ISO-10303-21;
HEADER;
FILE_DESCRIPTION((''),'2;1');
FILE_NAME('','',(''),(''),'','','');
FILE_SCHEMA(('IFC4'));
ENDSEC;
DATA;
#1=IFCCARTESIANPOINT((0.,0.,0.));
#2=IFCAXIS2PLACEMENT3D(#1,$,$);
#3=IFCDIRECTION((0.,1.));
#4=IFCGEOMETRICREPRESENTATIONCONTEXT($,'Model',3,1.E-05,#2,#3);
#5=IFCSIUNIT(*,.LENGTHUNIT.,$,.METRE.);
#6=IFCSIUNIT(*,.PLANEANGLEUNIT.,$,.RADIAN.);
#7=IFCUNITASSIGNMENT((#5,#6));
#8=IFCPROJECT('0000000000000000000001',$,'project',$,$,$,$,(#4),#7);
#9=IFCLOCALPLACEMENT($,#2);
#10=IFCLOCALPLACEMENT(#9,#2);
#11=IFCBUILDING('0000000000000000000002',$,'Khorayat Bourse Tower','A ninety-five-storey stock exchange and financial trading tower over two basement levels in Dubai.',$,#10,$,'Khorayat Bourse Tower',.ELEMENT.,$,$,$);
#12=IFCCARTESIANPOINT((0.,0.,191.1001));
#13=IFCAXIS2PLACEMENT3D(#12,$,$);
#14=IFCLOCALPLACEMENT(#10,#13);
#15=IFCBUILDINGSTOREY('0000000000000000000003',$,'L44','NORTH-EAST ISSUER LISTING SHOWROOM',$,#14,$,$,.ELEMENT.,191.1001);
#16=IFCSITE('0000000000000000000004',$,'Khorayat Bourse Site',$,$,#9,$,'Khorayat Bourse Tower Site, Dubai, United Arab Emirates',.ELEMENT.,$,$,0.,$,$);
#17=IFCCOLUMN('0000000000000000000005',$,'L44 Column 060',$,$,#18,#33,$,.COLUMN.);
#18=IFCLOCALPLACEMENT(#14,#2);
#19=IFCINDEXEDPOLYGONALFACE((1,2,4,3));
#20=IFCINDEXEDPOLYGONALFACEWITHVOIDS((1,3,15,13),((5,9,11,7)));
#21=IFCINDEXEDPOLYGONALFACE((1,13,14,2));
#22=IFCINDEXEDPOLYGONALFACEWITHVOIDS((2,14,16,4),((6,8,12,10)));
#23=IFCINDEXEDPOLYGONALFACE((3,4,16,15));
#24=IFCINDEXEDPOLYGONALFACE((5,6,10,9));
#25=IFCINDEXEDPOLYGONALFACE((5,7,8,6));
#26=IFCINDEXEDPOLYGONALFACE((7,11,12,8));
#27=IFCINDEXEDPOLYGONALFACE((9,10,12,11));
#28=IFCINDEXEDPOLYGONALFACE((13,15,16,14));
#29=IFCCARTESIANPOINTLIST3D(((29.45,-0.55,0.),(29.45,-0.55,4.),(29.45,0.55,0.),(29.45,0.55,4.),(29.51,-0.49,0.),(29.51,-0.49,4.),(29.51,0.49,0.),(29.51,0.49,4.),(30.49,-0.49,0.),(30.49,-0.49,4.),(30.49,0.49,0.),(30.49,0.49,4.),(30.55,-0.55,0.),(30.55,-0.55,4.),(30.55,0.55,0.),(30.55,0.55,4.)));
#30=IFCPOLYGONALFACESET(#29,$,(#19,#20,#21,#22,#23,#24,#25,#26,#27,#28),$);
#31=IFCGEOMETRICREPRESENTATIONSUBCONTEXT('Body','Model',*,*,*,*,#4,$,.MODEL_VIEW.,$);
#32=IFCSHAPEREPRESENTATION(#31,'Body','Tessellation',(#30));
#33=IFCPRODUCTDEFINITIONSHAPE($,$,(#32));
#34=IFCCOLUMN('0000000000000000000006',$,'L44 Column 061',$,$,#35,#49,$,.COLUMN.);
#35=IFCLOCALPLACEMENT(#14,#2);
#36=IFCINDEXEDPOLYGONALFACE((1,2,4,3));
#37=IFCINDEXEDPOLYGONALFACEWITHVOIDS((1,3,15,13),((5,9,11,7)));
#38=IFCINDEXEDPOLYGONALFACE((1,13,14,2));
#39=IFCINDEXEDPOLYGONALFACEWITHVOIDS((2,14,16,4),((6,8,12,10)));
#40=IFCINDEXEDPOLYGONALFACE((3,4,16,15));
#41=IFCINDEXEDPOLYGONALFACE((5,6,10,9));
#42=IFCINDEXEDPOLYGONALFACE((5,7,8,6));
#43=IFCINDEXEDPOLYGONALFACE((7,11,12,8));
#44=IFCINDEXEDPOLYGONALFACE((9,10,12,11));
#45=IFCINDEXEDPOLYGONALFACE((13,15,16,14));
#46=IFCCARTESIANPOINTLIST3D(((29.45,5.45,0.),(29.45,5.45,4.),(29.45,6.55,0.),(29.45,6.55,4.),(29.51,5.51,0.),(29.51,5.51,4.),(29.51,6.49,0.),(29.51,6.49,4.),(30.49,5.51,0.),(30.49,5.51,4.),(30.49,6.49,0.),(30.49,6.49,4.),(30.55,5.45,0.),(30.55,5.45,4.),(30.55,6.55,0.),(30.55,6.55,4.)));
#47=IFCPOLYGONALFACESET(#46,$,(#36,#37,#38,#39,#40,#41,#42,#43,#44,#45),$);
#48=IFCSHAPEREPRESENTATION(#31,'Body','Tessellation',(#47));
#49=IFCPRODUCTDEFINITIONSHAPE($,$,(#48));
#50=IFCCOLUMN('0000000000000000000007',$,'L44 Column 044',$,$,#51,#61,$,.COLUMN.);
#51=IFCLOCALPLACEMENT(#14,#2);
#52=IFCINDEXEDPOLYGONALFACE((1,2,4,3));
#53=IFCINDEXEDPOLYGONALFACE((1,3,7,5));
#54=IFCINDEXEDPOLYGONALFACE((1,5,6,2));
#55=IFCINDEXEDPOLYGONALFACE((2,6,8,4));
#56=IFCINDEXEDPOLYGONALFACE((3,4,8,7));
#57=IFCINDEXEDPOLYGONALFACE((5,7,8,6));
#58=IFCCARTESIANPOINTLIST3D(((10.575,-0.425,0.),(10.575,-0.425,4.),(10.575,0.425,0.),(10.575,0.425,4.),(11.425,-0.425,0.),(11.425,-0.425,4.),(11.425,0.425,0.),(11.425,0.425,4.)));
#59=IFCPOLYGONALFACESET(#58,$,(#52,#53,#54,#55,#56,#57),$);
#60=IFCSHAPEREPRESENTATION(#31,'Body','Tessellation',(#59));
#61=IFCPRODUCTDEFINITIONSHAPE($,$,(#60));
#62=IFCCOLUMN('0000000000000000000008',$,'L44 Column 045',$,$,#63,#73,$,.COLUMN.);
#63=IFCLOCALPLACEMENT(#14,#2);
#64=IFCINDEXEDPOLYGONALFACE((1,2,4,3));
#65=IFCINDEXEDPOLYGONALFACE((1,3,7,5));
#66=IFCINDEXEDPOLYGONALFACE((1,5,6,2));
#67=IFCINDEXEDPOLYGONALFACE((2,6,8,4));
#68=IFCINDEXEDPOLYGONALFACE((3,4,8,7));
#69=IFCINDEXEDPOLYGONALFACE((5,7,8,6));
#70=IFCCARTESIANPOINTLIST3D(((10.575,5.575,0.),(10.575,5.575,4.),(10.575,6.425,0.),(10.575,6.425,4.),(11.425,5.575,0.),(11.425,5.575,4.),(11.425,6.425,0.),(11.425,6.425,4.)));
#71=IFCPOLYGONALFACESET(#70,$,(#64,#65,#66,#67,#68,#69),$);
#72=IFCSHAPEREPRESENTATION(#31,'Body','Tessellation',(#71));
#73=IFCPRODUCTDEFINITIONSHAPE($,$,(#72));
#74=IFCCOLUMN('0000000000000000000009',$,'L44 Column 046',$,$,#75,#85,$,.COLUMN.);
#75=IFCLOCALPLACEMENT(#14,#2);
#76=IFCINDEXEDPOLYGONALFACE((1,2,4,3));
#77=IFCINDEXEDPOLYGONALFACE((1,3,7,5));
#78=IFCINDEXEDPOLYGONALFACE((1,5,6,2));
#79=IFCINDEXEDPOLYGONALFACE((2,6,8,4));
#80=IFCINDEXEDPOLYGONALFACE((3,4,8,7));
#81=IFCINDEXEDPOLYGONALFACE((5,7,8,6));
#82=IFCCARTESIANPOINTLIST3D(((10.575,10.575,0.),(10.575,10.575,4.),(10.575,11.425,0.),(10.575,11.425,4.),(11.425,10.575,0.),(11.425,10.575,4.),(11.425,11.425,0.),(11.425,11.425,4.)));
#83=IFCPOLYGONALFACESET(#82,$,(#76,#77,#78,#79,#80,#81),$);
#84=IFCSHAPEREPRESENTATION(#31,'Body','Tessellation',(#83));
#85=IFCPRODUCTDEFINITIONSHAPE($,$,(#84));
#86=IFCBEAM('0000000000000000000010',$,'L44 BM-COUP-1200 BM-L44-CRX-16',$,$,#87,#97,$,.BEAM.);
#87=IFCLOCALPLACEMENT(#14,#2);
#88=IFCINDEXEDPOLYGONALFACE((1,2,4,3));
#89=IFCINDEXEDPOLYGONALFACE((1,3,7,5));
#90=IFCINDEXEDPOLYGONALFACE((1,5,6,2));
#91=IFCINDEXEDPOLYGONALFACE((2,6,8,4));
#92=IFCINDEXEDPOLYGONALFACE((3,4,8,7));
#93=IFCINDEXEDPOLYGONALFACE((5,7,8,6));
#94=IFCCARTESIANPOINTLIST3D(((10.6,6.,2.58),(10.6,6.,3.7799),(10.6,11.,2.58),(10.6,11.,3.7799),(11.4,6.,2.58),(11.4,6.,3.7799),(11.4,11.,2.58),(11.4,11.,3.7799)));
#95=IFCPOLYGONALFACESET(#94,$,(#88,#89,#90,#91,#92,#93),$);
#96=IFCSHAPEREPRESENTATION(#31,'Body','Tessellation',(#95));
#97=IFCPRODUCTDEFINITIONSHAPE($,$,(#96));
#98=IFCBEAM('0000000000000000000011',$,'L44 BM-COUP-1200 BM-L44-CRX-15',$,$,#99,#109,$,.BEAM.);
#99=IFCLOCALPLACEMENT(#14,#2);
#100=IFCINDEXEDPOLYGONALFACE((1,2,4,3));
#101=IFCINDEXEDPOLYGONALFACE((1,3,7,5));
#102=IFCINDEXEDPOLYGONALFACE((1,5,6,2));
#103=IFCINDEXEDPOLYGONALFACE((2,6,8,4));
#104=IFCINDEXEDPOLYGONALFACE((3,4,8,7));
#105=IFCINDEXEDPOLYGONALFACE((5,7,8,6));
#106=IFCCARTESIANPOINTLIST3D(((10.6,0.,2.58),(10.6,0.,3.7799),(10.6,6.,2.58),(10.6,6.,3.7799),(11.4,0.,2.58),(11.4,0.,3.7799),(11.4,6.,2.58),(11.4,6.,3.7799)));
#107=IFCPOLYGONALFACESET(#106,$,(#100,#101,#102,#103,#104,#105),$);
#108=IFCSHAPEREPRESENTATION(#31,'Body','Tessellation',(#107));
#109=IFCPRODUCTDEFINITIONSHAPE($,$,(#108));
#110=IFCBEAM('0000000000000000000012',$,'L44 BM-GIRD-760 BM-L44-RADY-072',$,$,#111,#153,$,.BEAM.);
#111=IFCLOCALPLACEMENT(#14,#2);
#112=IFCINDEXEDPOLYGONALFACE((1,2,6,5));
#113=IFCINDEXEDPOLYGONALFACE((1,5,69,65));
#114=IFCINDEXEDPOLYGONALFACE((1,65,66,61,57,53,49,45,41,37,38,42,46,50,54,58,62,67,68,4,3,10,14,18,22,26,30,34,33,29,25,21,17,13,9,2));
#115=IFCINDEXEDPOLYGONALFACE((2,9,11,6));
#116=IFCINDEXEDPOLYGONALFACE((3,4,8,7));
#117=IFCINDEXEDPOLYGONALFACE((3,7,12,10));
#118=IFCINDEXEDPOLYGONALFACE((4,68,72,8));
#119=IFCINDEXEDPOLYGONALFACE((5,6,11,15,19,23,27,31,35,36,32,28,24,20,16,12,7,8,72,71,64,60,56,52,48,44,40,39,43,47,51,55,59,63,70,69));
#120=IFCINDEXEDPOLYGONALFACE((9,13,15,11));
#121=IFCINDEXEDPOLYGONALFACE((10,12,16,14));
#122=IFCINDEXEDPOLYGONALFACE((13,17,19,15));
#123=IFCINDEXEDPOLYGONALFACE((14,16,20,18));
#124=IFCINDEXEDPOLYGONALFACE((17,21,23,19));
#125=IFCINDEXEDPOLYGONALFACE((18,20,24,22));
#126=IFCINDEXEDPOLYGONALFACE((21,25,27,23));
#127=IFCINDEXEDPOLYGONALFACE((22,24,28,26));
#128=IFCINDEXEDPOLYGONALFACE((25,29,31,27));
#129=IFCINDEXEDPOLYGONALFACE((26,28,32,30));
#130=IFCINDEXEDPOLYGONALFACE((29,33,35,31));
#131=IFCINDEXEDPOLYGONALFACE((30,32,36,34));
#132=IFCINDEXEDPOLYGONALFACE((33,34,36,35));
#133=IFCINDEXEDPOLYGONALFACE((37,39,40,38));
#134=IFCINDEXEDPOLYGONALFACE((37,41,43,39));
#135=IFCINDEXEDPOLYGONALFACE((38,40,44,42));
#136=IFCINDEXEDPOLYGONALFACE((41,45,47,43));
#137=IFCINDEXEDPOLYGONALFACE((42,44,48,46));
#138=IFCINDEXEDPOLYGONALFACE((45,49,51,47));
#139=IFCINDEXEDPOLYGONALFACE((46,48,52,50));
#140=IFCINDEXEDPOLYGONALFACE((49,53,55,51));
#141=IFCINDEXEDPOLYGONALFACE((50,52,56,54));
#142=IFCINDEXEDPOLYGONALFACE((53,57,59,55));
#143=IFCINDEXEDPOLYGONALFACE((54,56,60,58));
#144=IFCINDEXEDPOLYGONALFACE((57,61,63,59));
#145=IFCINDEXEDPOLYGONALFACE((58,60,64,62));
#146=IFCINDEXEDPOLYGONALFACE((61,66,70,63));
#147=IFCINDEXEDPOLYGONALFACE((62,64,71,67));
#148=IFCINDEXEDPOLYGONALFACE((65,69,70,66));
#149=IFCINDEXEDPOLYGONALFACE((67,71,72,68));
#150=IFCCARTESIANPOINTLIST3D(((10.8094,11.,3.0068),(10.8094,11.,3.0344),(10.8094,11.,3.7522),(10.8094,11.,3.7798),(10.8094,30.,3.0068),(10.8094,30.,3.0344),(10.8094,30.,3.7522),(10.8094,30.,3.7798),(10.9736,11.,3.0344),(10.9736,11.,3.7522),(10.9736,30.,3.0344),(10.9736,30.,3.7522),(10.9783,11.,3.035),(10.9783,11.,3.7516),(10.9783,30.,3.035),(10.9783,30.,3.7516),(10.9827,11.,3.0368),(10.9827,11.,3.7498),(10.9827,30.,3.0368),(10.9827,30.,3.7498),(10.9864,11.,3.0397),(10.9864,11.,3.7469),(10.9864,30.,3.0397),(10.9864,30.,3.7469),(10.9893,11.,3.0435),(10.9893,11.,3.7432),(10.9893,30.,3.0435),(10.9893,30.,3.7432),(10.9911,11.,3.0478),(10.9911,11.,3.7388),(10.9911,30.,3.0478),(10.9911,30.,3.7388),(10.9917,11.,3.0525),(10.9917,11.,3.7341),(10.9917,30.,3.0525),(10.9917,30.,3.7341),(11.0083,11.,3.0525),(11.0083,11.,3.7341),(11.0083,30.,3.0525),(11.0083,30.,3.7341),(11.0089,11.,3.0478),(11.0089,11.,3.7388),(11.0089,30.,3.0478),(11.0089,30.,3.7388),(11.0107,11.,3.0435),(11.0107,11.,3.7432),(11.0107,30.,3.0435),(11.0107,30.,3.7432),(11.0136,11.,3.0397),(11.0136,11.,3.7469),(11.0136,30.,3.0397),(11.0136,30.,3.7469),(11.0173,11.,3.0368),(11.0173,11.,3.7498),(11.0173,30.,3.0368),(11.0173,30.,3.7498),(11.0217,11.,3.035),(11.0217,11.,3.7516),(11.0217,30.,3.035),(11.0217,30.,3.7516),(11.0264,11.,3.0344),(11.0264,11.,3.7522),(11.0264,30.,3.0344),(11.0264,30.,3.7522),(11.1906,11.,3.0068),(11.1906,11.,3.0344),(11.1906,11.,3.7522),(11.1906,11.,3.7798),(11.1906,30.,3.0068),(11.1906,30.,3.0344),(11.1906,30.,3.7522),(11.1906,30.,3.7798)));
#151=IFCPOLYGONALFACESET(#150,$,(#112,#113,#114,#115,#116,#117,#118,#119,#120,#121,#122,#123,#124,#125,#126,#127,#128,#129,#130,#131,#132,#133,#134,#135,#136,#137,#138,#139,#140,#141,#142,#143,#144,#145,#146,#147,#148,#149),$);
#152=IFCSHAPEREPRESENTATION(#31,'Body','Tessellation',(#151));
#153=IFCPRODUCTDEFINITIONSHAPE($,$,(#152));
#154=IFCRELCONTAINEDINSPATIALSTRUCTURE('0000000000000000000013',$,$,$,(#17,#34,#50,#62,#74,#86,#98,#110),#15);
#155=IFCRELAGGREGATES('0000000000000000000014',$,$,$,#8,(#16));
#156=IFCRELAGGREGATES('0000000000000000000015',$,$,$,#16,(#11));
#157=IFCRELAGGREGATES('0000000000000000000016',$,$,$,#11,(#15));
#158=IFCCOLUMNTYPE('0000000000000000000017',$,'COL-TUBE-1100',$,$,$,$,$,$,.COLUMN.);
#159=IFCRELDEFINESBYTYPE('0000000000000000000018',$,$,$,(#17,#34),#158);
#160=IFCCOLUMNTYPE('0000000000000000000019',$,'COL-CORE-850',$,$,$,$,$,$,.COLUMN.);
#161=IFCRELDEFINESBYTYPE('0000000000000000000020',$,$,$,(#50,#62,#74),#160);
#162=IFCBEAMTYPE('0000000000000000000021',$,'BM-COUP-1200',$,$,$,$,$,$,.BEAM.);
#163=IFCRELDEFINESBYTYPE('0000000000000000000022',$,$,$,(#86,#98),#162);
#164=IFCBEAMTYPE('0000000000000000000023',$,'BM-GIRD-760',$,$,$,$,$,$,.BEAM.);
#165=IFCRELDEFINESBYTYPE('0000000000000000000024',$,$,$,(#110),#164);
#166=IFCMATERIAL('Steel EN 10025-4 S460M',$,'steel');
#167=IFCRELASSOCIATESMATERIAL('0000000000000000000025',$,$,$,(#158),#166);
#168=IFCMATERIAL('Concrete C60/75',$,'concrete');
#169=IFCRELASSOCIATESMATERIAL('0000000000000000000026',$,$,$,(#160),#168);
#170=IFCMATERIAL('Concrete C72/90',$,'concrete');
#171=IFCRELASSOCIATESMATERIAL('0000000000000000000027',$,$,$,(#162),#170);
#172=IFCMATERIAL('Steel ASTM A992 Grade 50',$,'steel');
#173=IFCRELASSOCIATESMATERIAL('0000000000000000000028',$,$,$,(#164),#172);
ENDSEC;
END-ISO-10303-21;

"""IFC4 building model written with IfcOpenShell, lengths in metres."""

from ifc_helpers import new_model, si_unit, direction, frame, origin, origin_2d, place, context, subcontext, project, spatial, rectangle, hollow_rectangle, i_section, extrude, source, transform, mapped, material, material_profile, profile_set, type_object, element, save


model = new_model("IFC4")

# Units and contexts
model_context = context("Model", 3, precision=1e-05, world=origin(), true_north=direction((0.0, 1.0)))
body_context = subcontext(model_context, "Body", "Model", "MODEL_VIEW")
ifc_project = project(units=[si_unit("LENGTHUNIT", "METRE"), si_unit("PLANEANGLEUNIT", "RADIAN")], contexts=[model_context])

# Site, building, storey
site_placement = place(None, origin())
site = spatial("IfcSite", under=ifc_project, at=site_placement, Name="Khorayat Bourse Site", LongName="Khorayat Bourse Tower Site, Dubai, United Arab Emirates", CompositionType="ELEMENT", RefElevation=0.0)
building_placement = place(site_placement, origin())
building = spatial("IfcBuilding", under=site, at=building_placement, Name="Khorayat Bourse Tower", Description="A ninety-five-storey stock exchange and financial trading tower over two basement levels in Dubai.", LongName="Khorayat Bourse Tower", CompositionType="ELEMENT")
storey_placement = place(building_placement, frame((0.0, 0.0, 191.1001)))
storey = spatial("IfcBuildingStorey", under=building, at=storey_placement, Name="L44", Description="NORTH-EAST ISSUER LISTING SHOWROOM", CompositionType="ELEMENT", Elevation=191.1001)

# Columns
ifc_material_1 = material(Name="Steel EN 10025-4 S460M", Category="steel")
ifc_material_profile_1 = material_profile(ifc_material_1, hollow_rectangle(XDim=1.1001, YDim=1.1001, WallThickness=0.0601, at=origin_2d()), Name="BOX 1100x1100x60")
ifc_profile_set_1 = profile_set([ifc_material_profile_1], Name="Steel EN 10025-4 S460M")
column_type_1 = type_object("IfcColumnType", Name="COL-TUBE-1100", PredefinedType="COLUMN", material=ifc_profile_set_1)
shared_shape_1 = source(origin(), body_context, "Body", "SweptSolid", [
    extrude(hollow_rectangle(XDim=1.1001, YDim=1.1001, WallThickness=0.0601, at=origin_2d()), origin(), (0.0, 0.0, 1.0), 4.0),
])
for number, where, z_axis, x_axis, name in (
    (1, (30.0, 0.0, 0.0), (0.0, 0.0, 1.0), (1.0, 0.0, 0.0), "L44 Column 060"),
    (2, (30.0, 6.0, 0.0), (0.0, 0.0, 1.0), (1.0, 0.0, 0.0), "L44 Column 061"),
):
    element("IfcColumn", number, at=place(storey_placement, frame(where, z_axis=z_axis, x_axis=x_axis)), inside=storey, type_object=column_type_1, Name=name, PredefinedType="COLUMN", context=body_context, shape_type="MappedRepresentation", body=[
        mapped(shared_shape_1, transform((0.0, 0.0, 0.0), scale=1.0)),
    ])
ifc_material_2 = material(Name="Concrete C60/75", Category="concrete")
ifc_material_profile_2 = material_profile(ifc_material_2, rectangle(XDim=0.8501, YDim=0.8501, at=origin_2d()), Name="RC 850x850")
ifc_profile_set_2 = profile_set([ifc_material_profile_2], Name="Concrete C60/75")
column_type_2 = type_object("IfcColumnType", Name="COL-CORE-850", PredefinedType="COLUMN", material=ifc_profile_set_2)
shared_shape_2 = source(origin(), body_context, "Body", "SweptSolid", [
    extrude(rectangle(XDim=0.8501, YDim=0.8501, at=origin_2d()), origin(), (0.0, 0.0, 1.0), 4.0),
])
for number, where, z_axis, x_axis, name in (
    (3, (11.0, 0.0, 0.0), (0.0, 0.0, 1.0), (1.0, 0.0, 0.0), "L44 Column 044"),
    (4, (11.0, 6.0, 0.0), (0.0, 0.0, 1.0), (1.0, 0.0, 0.0), "L44 Column 045"),
    (5, (11.0, 11.0, 0.0), (0.0, 0.0, 1.0), (1.0, 0.0, 0.0), "L44 Column 046"),
):
    element("IfcColumn", number, at=place(storey_placement, frame(where, z_axis=z_axis, x_axis=x_axis)), inside=storey, type_object=column_type_2, Name=name, PredefinedType="COLUMN", context=body_context, shape_type="MappedRepresentation", body=[
        mapped(shared_shape_2, transform((0.0, 0.0, 0.0), scale=1.0)),
    ])

# Beams
ifc_material_3 = material(Name="Concrete C72/90", Category="concrete")
ifc_material_profile_3 = material_profile(ifc_material_3, rectangle(XDim=0.8, YDim=1.2, at=origin_2d()), Name="RC 800x1200")
ifc_profile_set_3 = profile_set([ifc_material_profile_3], Name="Concrete C72/90")
beam_type_1 = type_object("IfcBeamType", Name="BM-COUP-1200", PredefinedType="BEAM", material=ifc_profile_set_3)
shared_shape_3 = source(origin(), body_context, "Body", "SweptSolid", [
    extrude(rectangle(XDim=0.8, YDim=1.2, at=origin_2d()), origin(), (0.0, 0.0, 1.0), 5.0),
])
beam_1_placement = place(storey_placement, frame((11.0, 6.0, 3.1799), z_axis=(0.0, 1.0, 0.0), x_axis=(-1.0, 0.0, 0.0)))
element("IfcBeam", 6, at=beam_1_placement, inside=storey, type_object=beam_type_1, Name="L44 BM-COUP-1200 BM-L44-CRX-16", PredefinedType="BEAM", context=body_context, shape_type="MappedRepresentation", body=[
    mapped(shared_shape_3, transform((0.0, 0.0, 0.0), scale=1.0)),
])
shared_shape_4 = source(origin(), body_context, "Body", "SweptSolid", [
    extrude(rectangle(XDim=0.8, YDim=1.2, at=origin_2d()), origin(), (0.0, 0.0, 1.0), 6.0),
])
beam_2_placement = place(storey_placement, frame((11.0, 0.0, 3.1799), z_axis=(0.0, 1.0, 0.0), x_axis=(-1.0, 0.0, 0.0)))
element("IfcBeam", 7, at=beam_2_placement, inside=storey, type_object=beam_type_1, Name="L44 BM-COUP-1200 BM-L44-CRX-15", PredefinedType="BEAM", context=body_context, shape_type="MappedRepresentation", body=[
    mapped(shared_shape_4, transform((0.0, 0.0, 0.0), scale=1.0)),
])
ifc_material_4 = material(Name="Steel ASTM A992 Grade 50", Category="steel")
ifc_material_profile_4 = material_profile(ifc_material_4, i_section(OverallWidth=0.3811, OverallDepth=0.7729, WebThickness=0.0166, FlangeThickness=0.0276, FilletRadius=0.0181, at=origin_2d()), Name="W760X257")
ifc_profile_set_4 = profile_set([ifc_material_profile_4], Name="Steel ASTM A992 Grade 50")
beam_type_2 = type_object("IfcBeamType", Name="BM-GIRD-760", PredefinedType="BEAM", material=ifc_profile_set_4)
shared_shape_5 = source(origin(), body_context, "Body", "SweptSolid", [
    extrude(i_section(OverallWidth=0.3811, OverallDepth=0.7729, WebThickness=0.0166, FlangeThickness=0.0276, FilletRadius=0.0181, at=origin_2d()), origin(), (0.0, 0.0, 1.0), 19.0),
])
for number, where, z_axis, x_axis, name in (
    (8, (11.0, 11.0, 3.3933), (0.0, 1.0, 0.0), (-1.0, 0.0, 0.0), "L44 BM-GIRD-760 BM-L44-RADY-072"),
):
    element("IfcBeam", number, at=place(storey_placement, frame(where, z_axis=z_axis, x_axis=x_axis)), inside=storey, type_object=beam_type_2, Name=name, PredefinedType="BEAM", context=body_context, shape_type="MappedRepresentation", body=[
        mapped(shared_shape_5, transform((0.0, 0.0, 0.0), scale=1.0)),
    ])

save(model, "model.ifc")
